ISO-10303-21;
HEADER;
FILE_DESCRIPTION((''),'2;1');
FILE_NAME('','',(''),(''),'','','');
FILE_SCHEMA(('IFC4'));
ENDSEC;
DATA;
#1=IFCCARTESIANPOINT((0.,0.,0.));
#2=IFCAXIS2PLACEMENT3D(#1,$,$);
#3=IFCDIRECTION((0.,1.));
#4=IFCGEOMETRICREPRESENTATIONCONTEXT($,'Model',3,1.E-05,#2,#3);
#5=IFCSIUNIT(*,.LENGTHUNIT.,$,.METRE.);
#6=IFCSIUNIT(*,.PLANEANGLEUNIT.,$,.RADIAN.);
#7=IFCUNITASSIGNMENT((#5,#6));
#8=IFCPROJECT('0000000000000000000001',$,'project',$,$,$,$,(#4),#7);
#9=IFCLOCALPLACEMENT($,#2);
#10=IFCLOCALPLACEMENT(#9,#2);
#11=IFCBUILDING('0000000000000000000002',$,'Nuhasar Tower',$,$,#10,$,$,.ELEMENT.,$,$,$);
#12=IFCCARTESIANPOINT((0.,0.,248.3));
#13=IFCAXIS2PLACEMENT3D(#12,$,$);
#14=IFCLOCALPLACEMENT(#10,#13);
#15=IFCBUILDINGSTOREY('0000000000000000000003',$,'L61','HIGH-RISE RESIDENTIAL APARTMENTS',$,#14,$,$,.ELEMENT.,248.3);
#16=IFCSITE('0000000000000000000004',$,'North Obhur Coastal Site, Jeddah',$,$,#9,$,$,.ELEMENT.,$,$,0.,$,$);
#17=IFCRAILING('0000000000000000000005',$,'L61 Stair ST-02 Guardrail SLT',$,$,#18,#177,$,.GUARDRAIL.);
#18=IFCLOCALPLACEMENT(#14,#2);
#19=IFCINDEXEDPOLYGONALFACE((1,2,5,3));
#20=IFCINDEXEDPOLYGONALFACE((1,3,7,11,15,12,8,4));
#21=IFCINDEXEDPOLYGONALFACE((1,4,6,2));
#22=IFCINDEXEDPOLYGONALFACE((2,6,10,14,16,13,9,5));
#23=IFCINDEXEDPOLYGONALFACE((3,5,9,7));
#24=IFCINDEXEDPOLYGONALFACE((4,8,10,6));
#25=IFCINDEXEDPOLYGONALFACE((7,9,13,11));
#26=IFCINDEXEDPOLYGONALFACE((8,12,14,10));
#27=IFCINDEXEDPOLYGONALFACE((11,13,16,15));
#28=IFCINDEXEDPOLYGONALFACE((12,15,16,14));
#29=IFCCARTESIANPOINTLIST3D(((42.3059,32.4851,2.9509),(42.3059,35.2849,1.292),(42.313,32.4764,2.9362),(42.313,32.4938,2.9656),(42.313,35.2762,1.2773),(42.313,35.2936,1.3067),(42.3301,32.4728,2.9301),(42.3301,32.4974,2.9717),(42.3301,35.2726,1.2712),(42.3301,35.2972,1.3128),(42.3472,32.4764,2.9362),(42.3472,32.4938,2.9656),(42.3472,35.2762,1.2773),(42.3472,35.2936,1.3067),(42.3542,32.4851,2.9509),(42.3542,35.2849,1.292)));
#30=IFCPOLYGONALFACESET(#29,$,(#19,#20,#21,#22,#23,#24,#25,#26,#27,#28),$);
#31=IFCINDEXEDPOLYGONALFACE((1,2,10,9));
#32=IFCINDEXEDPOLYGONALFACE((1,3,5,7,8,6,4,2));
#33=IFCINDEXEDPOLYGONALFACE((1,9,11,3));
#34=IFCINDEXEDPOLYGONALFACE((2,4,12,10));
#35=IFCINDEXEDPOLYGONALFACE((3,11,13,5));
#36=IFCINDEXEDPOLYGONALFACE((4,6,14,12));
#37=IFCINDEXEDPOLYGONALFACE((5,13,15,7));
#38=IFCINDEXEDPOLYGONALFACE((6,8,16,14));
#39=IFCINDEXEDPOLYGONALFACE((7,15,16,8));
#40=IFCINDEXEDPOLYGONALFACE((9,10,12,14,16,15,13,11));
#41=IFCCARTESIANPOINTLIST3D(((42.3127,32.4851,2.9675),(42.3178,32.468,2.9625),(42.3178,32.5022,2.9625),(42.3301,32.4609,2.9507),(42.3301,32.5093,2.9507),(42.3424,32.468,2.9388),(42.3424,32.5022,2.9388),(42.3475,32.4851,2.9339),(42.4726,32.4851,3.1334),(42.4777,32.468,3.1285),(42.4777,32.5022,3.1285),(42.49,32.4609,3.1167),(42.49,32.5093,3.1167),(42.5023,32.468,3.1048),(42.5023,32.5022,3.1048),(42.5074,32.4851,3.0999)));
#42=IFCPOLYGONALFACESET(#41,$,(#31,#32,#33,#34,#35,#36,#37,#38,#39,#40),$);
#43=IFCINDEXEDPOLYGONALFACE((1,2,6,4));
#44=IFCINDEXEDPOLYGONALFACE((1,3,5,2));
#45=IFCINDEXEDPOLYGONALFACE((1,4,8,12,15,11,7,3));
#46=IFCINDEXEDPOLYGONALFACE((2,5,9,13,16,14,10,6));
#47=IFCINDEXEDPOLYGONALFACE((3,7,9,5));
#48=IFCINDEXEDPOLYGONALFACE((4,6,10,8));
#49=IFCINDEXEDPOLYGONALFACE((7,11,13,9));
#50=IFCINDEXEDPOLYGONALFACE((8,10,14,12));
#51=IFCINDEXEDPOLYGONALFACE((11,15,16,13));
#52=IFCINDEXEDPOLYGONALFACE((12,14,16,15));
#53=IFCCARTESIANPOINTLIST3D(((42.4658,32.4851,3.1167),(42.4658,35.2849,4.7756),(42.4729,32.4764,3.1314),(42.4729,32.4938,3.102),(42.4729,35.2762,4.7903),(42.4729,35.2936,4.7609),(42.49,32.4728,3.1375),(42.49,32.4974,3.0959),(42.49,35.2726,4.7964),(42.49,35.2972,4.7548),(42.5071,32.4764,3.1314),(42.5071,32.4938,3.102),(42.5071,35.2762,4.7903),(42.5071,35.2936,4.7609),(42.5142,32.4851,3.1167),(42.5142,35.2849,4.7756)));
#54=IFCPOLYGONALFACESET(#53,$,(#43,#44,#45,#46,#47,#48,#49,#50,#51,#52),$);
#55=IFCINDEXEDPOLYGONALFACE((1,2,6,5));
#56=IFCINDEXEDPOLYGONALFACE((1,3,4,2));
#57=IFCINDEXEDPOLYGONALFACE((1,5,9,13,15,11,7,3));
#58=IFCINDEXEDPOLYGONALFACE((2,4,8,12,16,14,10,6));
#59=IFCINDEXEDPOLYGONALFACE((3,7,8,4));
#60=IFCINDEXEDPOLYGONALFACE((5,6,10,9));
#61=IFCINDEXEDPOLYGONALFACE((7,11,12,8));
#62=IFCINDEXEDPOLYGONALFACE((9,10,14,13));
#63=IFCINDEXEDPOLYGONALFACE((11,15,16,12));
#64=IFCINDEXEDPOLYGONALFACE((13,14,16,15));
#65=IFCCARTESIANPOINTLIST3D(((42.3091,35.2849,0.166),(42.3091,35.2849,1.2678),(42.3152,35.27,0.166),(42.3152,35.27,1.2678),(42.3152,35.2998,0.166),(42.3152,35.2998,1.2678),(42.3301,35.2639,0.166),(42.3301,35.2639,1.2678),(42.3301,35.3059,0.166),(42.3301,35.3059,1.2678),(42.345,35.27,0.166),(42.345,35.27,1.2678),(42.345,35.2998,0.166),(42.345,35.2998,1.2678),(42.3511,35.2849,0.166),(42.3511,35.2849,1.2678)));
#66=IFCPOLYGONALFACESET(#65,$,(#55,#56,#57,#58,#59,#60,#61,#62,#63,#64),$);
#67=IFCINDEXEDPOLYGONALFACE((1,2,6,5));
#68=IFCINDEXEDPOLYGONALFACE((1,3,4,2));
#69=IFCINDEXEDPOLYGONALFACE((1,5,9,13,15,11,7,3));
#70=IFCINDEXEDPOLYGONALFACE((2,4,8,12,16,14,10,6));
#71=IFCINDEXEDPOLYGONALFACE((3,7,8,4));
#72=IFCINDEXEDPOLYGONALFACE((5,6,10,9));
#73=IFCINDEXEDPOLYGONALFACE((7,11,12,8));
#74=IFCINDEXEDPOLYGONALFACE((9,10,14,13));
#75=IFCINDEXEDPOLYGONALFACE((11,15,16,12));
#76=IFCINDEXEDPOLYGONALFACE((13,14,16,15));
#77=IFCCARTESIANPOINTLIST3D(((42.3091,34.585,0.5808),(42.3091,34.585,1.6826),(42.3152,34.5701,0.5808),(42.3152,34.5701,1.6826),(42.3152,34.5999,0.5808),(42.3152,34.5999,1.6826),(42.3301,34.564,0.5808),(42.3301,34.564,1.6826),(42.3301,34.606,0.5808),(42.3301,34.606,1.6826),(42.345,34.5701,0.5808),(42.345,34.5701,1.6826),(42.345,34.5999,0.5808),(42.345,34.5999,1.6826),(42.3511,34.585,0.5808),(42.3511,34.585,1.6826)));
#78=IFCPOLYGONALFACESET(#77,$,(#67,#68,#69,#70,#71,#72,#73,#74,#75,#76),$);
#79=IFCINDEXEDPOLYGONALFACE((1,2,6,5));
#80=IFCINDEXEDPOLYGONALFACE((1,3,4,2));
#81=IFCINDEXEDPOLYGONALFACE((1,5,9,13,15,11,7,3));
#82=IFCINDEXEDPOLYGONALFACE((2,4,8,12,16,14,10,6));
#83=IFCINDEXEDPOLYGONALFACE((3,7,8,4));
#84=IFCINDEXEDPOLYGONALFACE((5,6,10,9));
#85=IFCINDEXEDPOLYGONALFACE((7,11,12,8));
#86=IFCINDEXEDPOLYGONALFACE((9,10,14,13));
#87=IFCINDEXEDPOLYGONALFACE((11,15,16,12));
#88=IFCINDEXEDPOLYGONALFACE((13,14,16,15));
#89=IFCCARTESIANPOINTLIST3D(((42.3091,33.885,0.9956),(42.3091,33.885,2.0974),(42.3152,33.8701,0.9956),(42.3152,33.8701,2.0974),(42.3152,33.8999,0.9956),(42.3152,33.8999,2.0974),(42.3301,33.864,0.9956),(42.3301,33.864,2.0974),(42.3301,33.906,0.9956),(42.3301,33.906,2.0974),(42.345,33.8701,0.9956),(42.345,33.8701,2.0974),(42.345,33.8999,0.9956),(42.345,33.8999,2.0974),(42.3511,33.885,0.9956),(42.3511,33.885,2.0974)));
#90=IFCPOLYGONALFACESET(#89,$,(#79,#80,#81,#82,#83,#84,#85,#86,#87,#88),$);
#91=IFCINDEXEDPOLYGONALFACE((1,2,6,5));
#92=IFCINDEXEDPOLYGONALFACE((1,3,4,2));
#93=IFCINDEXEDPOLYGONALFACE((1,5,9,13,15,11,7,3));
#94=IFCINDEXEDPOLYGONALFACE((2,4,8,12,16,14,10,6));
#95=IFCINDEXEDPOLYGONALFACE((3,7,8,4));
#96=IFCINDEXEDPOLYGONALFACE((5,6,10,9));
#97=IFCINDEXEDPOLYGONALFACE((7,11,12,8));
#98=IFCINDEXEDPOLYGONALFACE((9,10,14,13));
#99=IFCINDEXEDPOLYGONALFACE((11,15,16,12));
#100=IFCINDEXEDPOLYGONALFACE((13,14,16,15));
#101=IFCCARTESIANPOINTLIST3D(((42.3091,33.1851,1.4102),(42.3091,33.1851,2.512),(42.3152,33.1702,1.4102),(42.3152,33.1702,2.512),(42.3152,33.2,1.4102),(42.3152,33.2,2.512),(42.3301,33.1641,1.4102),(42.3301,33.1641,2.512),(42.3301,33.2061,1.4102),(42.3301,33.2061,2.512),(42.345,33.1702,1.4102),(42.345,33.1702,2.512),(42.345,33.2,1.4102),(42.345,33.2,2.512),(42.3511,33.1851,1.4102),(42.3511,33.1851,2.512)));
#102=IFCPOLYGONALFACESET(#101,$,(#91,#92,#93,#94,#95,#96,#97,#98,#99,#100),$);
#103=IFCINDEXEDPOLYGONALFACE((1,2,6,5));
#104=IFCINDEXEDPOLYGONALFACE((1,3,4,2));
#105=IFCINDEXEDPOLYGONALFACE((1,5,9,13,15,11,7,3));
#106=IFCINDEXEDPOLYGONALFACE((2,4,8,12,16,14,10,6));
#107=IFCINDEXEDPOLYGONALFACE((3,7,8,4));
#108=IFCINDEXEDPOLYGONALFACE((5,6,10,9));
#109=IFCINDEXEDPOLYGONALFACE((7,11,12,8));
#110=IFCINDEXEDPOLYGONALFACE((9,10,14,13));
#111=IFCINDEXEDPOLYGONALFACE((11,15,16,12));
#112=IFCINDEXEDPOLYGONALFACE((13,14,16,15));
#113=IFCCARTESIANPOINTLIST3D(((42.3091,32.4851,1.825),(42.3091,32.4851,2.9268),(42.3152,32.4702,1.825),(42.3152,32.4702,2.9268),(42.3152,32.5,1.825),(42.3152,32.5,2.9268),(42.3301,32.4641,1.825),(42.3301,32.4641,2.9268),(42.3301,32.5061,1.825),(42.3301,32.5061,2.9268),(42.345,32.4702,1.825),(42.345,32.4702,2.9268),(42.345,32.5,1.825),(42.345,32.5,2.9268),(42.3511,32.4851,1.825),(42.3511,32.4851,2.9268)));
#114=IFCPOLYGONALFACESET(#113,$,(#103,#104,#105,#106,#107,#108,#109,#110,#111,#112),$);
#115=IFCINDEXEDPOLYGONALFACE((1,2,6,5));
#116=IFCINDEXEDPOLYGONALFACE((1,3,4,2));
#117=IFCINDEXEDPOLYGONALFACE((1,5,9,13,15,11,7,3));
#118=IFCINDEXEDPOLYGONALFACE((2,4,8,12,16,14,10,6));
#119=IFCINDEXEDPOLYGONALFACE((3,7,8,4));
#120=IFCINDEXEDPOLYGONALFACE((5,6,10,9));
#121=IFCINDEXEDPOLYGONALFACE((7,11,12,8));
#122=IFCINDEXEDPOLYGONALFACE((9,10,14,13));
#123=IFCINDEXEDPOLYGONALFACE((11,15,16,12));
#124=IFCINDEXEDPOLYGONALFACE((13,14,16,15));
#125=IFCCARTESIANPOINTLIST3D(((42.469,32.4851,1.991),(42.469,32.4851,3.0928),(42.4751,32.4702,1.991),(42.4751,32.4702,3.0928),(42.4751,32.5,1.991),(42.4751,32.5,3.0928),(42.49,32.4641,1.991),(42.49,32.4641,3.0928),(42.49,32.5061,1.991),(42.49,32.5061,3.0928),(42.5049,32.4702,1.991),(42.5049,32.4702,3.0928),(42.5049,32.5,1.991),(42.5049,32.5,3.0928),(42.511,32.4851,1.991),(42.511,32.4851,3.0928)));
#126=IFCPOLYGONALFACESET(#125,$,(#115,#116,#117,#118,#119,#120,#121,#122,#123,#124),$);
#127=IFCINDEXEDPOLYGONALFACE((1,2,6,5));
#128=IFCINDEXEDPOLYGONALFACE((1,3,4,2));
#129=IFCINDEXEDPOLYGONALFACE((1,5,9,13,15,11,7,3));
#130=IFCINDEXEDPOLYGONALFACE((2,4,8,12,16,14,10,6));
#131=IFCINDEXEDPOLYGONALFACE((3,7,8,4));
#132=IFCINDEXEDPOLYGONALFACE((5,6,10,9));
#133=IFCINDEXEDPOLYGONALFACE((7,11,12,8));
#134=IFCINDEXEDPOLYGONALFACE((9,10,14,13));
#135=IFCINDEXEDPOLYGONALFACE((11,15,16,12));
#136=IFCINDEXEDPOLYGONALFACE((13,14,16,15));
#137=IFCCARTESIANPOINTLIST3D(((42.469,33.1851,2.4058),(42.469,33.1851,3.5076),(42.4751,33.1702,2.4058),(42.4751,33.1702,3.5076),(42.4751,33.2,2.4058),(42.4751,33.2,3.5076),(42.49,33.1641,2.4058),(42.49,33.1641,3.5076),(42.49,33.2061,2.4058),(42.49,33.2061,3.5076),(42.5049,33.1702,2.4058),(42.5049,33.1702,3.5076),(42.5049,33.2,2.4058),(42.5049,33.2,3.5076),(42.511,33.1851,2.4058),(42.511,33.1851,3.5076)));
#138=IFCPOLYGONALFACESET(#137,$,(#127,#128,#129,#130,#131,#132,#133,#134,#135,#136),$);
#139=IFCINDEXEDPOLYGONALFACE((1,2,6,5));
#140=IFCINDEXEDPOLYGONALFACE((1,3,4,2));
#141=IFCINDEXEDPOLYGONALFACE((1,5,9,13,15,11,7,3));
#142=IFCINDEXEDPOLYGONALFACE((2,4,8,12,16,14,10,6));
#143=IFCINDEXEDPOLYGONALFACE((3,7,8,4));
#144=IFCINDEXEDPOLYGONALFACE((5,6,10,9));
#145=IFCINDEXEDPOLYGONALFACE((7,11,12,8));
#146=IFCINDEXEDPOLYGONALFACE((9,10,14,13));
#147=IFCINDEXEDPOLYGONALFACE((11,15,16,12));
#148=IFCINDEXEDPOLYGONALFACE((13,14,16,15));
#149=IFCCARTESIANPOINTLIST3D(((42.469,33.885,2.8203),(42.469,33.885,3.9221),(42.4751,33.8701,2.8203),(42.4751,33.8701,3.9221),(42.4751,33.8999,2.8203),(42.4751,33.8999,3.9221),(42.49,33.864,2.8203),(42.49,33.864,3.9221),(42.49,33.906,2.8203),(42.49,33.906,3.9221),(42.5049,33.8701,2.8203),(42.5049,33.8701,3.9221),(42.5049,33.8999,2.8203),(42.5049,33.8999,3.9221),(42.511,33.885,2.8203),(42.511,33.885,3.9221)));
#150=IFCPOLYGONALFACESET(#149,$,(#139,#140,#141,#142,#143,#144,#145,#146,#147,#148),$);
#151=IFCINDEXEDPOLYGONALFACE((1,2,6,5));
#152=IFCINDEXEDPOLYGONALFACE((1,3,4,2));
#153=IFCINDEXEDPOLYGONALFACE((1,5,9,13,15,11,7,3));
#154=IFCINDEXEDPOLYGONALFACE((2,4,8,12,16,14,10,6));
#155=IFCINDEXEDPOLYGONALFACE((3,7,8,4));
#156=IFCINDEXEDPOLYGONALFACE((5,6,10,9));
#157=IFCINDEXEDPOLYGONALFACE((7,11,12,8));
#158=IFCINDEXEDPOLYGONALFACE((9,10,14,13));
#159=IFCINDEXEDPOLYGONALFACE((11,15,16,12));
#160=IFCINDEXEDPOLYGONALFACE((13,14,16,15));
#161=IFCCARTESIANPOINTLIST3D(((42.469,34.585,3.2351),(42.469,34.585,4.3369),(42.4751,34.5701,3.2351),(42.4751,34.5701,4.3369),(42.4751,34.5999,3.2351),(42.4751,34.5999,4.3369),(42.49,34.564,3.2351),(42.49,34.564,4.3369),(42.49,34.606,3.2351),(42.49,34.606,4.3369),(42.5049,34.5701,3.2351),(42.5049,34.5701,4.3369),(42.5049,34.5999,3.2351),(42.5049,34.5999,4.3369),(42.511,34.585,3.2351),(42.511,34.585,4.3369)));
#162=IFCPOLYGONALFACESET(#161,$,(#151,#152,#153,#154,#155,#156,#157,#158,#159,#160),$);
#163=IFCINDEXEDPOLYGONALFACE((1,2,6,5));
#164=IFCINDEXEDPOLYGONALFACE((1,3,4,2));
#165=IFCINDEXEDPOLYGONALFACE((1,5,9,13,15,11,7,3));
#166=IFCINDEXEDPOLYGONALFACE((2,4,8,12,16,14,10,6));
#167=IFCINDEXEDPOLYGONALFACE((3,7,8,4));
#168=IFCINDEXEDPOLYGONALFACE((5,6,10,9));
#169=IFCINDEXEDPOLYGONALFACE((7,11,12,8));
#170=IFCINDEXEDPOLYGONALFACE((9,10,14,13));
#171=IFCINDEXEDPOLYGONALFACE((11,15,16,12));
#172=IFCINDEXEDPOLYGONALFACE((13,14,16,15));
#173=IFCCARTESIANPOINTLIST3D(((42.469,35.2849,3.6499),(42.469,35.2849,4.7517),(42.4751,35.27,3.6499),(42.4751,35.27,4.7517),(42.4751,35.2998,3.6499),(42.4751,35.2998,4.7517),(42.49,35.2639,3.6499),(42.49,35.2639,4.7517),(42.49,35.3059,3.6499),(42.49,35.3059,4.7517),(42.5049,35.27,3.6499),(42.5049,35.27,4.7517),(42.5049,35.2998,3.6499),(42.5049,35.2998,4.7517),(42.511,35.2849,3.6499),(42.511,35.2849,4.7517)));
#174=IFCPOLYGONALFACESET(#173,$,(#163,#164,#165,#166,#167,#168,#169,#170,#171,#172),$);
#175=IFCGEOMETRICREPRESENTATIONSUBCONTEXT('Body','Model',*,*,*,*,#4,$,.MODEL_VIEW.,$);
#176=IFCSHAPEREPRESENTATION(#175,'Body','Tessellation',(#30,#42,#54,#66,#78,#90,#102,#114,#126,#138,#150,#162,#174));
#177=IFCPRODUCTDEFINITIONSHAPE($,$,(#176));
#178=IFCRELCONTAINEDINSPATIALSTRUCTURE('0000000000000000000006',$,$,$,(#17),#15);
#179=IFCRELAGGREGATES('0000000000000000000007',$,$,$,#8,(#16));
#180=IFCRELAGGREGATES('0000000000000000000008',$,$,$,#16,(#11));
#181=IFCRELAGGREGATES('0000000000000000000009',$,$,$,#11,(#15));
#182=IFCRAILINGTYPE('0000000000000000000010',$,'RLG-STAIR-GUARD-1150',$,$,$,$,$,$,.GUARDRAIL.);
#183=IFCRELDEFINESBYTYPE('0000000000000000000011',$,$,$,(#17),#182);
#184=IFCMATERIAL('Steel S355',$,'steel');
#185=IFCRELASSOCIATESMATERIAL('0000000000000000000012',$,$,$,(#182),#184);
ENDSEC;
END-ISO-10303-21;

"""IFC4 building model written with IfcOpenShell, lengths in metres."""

from ifc_helpers import new_model, si_unit, direction, frame, origin, place, context, subcontext, project, spatial, polyline, outline, extrude, material, type_object, element, save


model = new_model("IFC4")

# Units and contexts
model_context = context("Model", 3, precision=1e-05, world=origin(), true_north=direction((0.0, 1.0)))
body_context = subcontext(model_context, "Body", "Model", "MODEL_VIEW")
ifc_project = project(units=[si_unit("LENGTHUNIT", "METRE"), si_unit("PLANEANGLEUNIT", "RADIAN")], contexts=[model_context])

# Site, building, storey
site_placement = place(None, origin())
site = spatial("IfcSite", under=ifc_project, at=site_placement, Name="North Obhur Coastal Site, Jeddah", CompositionType="ELEMENT", RefElevation=0.0)
building_placement = place(site_placement, origin())
building = spatial("IfcBuilding", under=site, at=building_placement, Name="Nuhasar Tower", CompositionType="ELEMENT")
storey_placement = place(building_placement, frame((0.0, 0.0, 248.3)))
storey = spatial("IfcBuildingStorey", under=building, at=storey_placement, Name="L61", Description="HIGH-RISE RESIDENTIAL APARTMENTS", CompositionType="ELEMENT", Elevation=248.3)

# Shared definitions
ifc_material_1 = material(Name="Steel S355", Category="steel")

# Railing
railing_type_1 = type_object("IfcRailingType", Name="RLG-STAIR-GUARD-1150", PredefinedType="GUARDRAIL", material=ifc_material_1)
railing_1_placement = place(storey_placement, frame((42.3301, 35.2849, 0.166)))
element("IfcRailing", 1, at=railing_1_placement, inside=storey, type_object=railing_type_1, Name="L61 Stair ST-02 Guardrail SLT", PredefinedType="GUARDRAIL", context=body_context, shape_type="SweptSolid", body=[
    extrude(outline(polyline([(0.0242, 0.0), (0.0171, 0.0171), (0.0, 0.0242), (-0.0171, 0.0171), (-0.0242, 0.0), (-0.0171, -0.0171), (0.0, -0.0242), (0.0171, -0.0171), (0.0242, 0.0)])), frame((0.0, 0.0, 1.126), z_axis=(0.0, -0.86032, 0.509755), x_axis=(1.0, 0.0, 0.0)), (0.0, 0.0, 1.0), 3.2544),
    extrude(outline(polyline([(0.0242, 0.0), (0.0171, 0.0171), (0.0, 0.0242), (-0.0171, 0.0171), (-0.0242, 0.0), (-0.0171, -0.0171), (0.0, -0.0242), (0.0171, -0.0171), (0.0242, 0.0)])), frame((0.0, -2.7998, 2.7847), z_axis=(0.693743, 0.0, 0.720222), x_axis=(0.0, 1.0, 0.0)), (0.0, 0.0, 1.0), 0.2305),
    extrude(outline(polyline([(0.0242, 0.0), (0.0171, 0.0171), (0.0, 0.0242), (-0.0171, 0.0171), (-0.0242, 0.0), (-0.0171, -0.0171), (0.0, -0.0242), (0.0171, -0.0171), (0.0242, 0.0)])), frame((0.1599, -2.7998, 2.9507), z_axis=(0.0, 0.86032, 0.509755), x_axis=(-1.0, 0.0, 0.0)), (0.0, 0.0, 1.0), 3.2544),
    extrude(outline(polyline([(0.021, 0.0), (0.0149, 0.0149), (0.0, 0.021), (-0.0149, 0.0149), (-0.021, 0.0), (-0.0149, -0.0149), (0.0, -0.021), (0.0149, -0.0149), (0.021, 0.0)])), origin(), (0.0, 0.0, 1.0), 1.1018),
    extrude(outline(polyline([(0.021, 0.0), (0.0149, 0.0149), (0.0, 0.021), (-0.0149, 0.0149), (-0.021, 0.0), (-0.0149, -0.0149), (0.0, -0.021), (0.0149, -0.0149), (0.021, 0.0)])), frame((0.0, -0.7, 0.4148)), (0.0, 0.0, 1.0), 1.1018),
    extrude(outline(polyline([(0.021, 0.0), (0.0149, 0.0149), (0.0, 0.021), (-0.0149, 0.0149), (-0.021, 0.0), (-0.0149, -0.0149), (0.0, -0.021), (0.0149, -0.0149), (0.021, 0.0)])), frame((0.0, -1.3999, 0.8296)), (0.0, 0.0, 1.0), 1.1018),
    extrude(outline(polyline([(0.021, 0.0), (0.0149, 0.0149), (0.0, 0.021), (-0.0149, 0.0149), (-0.021, 0.0), (-0.0149, -0.0149), (0.0, -0.021), (0.0149, -0.0149), (0.021, 0.0)])), frame((0.0, -2.0999, 1.2441)), (0.0, 0.0, 1.0), 1.1018),
    extrude(outline(polyline([(0.021, 0.0), (0.0149, 0.0149), (0.0, 0.021), (-0.0149, 0.0149), (-0.021, 0.0), (-0.0149, -0.0149), (0.0, -0.021), (0.0149, -0.0149), (0.021, 0.0)])), frame((0.0, -2.7998, 1.6589)), (0.0, 0.0, 1.0), 1.1018),
    extrude(outline(polyline([(0.021, 0.0), (0.0149, 0.0149), (0.0, 0.021), (-0.0149, 0.0149), (-0.021, 0.0), (-0.0149, -0.0149), (0.0, -0.021), (0.0149, -0.0149), (0.021, 0.0)])), frame((0.1599, -2.7998, 1.825)), (0.0, 0.0, 1.0), 1.1018),
    extrude(outline(polyline([(0.021, 0.0), (0.0149, 0.0149), (0.0, 0.021), (-0.0149, 0.0149), (-0.021, 0.0), (-0.0149, -0.0149), (0.0, -0.021), (0.0149, -0.0149), (0.021, 0.0)])), frame((0.1599, -2.0999, 2.2397)), (0.0, 0.0, 1.0), 1.1018),
    extrude(outline(polyline([(0.021, 0.0), (0.0149, 0.0149), (0.0, 0.021), (-0.0149, 0.0149), (-0.021, 0.0), (-0.0149, -0.0149), (0.0, -0.021), (0.0149, -0.0149), (0.021, 0.0)])), frame((0.1599, -1.3999, 2.6543)), (0.0, 0.0, 1.0), 1.1018),
    extrude(outline(polyline([(0.021, 0.0), (0.0149, 0.0149), (0.0, 0.021), (-0.0149, 0.0149), (-0.021, 0.0), (-0.0149, -0.0149), (0.0, -0.021), (0.0149, -0.0149), (0.021, 0.0)])), frame((0.1599, -0.7, 3.0691)), (0.0, 0.0, 1.0), 1.1018),
    extrude(outline(polyline([(0.021, 0.0), (0.0149, 0.0149), (0.0, 0.021), (-0.0149, 0.0149), (-0.021, 0.0), (-0.0149, -0.0149), (0.0, -0.021), (0.0149, -0.0149), (0.021, 0.0)])), frame((0.1599, 0.0, 3.4839)), (0.0, 0.0, 1.0), 1.1018),
])

save(model, "model.ifc")
